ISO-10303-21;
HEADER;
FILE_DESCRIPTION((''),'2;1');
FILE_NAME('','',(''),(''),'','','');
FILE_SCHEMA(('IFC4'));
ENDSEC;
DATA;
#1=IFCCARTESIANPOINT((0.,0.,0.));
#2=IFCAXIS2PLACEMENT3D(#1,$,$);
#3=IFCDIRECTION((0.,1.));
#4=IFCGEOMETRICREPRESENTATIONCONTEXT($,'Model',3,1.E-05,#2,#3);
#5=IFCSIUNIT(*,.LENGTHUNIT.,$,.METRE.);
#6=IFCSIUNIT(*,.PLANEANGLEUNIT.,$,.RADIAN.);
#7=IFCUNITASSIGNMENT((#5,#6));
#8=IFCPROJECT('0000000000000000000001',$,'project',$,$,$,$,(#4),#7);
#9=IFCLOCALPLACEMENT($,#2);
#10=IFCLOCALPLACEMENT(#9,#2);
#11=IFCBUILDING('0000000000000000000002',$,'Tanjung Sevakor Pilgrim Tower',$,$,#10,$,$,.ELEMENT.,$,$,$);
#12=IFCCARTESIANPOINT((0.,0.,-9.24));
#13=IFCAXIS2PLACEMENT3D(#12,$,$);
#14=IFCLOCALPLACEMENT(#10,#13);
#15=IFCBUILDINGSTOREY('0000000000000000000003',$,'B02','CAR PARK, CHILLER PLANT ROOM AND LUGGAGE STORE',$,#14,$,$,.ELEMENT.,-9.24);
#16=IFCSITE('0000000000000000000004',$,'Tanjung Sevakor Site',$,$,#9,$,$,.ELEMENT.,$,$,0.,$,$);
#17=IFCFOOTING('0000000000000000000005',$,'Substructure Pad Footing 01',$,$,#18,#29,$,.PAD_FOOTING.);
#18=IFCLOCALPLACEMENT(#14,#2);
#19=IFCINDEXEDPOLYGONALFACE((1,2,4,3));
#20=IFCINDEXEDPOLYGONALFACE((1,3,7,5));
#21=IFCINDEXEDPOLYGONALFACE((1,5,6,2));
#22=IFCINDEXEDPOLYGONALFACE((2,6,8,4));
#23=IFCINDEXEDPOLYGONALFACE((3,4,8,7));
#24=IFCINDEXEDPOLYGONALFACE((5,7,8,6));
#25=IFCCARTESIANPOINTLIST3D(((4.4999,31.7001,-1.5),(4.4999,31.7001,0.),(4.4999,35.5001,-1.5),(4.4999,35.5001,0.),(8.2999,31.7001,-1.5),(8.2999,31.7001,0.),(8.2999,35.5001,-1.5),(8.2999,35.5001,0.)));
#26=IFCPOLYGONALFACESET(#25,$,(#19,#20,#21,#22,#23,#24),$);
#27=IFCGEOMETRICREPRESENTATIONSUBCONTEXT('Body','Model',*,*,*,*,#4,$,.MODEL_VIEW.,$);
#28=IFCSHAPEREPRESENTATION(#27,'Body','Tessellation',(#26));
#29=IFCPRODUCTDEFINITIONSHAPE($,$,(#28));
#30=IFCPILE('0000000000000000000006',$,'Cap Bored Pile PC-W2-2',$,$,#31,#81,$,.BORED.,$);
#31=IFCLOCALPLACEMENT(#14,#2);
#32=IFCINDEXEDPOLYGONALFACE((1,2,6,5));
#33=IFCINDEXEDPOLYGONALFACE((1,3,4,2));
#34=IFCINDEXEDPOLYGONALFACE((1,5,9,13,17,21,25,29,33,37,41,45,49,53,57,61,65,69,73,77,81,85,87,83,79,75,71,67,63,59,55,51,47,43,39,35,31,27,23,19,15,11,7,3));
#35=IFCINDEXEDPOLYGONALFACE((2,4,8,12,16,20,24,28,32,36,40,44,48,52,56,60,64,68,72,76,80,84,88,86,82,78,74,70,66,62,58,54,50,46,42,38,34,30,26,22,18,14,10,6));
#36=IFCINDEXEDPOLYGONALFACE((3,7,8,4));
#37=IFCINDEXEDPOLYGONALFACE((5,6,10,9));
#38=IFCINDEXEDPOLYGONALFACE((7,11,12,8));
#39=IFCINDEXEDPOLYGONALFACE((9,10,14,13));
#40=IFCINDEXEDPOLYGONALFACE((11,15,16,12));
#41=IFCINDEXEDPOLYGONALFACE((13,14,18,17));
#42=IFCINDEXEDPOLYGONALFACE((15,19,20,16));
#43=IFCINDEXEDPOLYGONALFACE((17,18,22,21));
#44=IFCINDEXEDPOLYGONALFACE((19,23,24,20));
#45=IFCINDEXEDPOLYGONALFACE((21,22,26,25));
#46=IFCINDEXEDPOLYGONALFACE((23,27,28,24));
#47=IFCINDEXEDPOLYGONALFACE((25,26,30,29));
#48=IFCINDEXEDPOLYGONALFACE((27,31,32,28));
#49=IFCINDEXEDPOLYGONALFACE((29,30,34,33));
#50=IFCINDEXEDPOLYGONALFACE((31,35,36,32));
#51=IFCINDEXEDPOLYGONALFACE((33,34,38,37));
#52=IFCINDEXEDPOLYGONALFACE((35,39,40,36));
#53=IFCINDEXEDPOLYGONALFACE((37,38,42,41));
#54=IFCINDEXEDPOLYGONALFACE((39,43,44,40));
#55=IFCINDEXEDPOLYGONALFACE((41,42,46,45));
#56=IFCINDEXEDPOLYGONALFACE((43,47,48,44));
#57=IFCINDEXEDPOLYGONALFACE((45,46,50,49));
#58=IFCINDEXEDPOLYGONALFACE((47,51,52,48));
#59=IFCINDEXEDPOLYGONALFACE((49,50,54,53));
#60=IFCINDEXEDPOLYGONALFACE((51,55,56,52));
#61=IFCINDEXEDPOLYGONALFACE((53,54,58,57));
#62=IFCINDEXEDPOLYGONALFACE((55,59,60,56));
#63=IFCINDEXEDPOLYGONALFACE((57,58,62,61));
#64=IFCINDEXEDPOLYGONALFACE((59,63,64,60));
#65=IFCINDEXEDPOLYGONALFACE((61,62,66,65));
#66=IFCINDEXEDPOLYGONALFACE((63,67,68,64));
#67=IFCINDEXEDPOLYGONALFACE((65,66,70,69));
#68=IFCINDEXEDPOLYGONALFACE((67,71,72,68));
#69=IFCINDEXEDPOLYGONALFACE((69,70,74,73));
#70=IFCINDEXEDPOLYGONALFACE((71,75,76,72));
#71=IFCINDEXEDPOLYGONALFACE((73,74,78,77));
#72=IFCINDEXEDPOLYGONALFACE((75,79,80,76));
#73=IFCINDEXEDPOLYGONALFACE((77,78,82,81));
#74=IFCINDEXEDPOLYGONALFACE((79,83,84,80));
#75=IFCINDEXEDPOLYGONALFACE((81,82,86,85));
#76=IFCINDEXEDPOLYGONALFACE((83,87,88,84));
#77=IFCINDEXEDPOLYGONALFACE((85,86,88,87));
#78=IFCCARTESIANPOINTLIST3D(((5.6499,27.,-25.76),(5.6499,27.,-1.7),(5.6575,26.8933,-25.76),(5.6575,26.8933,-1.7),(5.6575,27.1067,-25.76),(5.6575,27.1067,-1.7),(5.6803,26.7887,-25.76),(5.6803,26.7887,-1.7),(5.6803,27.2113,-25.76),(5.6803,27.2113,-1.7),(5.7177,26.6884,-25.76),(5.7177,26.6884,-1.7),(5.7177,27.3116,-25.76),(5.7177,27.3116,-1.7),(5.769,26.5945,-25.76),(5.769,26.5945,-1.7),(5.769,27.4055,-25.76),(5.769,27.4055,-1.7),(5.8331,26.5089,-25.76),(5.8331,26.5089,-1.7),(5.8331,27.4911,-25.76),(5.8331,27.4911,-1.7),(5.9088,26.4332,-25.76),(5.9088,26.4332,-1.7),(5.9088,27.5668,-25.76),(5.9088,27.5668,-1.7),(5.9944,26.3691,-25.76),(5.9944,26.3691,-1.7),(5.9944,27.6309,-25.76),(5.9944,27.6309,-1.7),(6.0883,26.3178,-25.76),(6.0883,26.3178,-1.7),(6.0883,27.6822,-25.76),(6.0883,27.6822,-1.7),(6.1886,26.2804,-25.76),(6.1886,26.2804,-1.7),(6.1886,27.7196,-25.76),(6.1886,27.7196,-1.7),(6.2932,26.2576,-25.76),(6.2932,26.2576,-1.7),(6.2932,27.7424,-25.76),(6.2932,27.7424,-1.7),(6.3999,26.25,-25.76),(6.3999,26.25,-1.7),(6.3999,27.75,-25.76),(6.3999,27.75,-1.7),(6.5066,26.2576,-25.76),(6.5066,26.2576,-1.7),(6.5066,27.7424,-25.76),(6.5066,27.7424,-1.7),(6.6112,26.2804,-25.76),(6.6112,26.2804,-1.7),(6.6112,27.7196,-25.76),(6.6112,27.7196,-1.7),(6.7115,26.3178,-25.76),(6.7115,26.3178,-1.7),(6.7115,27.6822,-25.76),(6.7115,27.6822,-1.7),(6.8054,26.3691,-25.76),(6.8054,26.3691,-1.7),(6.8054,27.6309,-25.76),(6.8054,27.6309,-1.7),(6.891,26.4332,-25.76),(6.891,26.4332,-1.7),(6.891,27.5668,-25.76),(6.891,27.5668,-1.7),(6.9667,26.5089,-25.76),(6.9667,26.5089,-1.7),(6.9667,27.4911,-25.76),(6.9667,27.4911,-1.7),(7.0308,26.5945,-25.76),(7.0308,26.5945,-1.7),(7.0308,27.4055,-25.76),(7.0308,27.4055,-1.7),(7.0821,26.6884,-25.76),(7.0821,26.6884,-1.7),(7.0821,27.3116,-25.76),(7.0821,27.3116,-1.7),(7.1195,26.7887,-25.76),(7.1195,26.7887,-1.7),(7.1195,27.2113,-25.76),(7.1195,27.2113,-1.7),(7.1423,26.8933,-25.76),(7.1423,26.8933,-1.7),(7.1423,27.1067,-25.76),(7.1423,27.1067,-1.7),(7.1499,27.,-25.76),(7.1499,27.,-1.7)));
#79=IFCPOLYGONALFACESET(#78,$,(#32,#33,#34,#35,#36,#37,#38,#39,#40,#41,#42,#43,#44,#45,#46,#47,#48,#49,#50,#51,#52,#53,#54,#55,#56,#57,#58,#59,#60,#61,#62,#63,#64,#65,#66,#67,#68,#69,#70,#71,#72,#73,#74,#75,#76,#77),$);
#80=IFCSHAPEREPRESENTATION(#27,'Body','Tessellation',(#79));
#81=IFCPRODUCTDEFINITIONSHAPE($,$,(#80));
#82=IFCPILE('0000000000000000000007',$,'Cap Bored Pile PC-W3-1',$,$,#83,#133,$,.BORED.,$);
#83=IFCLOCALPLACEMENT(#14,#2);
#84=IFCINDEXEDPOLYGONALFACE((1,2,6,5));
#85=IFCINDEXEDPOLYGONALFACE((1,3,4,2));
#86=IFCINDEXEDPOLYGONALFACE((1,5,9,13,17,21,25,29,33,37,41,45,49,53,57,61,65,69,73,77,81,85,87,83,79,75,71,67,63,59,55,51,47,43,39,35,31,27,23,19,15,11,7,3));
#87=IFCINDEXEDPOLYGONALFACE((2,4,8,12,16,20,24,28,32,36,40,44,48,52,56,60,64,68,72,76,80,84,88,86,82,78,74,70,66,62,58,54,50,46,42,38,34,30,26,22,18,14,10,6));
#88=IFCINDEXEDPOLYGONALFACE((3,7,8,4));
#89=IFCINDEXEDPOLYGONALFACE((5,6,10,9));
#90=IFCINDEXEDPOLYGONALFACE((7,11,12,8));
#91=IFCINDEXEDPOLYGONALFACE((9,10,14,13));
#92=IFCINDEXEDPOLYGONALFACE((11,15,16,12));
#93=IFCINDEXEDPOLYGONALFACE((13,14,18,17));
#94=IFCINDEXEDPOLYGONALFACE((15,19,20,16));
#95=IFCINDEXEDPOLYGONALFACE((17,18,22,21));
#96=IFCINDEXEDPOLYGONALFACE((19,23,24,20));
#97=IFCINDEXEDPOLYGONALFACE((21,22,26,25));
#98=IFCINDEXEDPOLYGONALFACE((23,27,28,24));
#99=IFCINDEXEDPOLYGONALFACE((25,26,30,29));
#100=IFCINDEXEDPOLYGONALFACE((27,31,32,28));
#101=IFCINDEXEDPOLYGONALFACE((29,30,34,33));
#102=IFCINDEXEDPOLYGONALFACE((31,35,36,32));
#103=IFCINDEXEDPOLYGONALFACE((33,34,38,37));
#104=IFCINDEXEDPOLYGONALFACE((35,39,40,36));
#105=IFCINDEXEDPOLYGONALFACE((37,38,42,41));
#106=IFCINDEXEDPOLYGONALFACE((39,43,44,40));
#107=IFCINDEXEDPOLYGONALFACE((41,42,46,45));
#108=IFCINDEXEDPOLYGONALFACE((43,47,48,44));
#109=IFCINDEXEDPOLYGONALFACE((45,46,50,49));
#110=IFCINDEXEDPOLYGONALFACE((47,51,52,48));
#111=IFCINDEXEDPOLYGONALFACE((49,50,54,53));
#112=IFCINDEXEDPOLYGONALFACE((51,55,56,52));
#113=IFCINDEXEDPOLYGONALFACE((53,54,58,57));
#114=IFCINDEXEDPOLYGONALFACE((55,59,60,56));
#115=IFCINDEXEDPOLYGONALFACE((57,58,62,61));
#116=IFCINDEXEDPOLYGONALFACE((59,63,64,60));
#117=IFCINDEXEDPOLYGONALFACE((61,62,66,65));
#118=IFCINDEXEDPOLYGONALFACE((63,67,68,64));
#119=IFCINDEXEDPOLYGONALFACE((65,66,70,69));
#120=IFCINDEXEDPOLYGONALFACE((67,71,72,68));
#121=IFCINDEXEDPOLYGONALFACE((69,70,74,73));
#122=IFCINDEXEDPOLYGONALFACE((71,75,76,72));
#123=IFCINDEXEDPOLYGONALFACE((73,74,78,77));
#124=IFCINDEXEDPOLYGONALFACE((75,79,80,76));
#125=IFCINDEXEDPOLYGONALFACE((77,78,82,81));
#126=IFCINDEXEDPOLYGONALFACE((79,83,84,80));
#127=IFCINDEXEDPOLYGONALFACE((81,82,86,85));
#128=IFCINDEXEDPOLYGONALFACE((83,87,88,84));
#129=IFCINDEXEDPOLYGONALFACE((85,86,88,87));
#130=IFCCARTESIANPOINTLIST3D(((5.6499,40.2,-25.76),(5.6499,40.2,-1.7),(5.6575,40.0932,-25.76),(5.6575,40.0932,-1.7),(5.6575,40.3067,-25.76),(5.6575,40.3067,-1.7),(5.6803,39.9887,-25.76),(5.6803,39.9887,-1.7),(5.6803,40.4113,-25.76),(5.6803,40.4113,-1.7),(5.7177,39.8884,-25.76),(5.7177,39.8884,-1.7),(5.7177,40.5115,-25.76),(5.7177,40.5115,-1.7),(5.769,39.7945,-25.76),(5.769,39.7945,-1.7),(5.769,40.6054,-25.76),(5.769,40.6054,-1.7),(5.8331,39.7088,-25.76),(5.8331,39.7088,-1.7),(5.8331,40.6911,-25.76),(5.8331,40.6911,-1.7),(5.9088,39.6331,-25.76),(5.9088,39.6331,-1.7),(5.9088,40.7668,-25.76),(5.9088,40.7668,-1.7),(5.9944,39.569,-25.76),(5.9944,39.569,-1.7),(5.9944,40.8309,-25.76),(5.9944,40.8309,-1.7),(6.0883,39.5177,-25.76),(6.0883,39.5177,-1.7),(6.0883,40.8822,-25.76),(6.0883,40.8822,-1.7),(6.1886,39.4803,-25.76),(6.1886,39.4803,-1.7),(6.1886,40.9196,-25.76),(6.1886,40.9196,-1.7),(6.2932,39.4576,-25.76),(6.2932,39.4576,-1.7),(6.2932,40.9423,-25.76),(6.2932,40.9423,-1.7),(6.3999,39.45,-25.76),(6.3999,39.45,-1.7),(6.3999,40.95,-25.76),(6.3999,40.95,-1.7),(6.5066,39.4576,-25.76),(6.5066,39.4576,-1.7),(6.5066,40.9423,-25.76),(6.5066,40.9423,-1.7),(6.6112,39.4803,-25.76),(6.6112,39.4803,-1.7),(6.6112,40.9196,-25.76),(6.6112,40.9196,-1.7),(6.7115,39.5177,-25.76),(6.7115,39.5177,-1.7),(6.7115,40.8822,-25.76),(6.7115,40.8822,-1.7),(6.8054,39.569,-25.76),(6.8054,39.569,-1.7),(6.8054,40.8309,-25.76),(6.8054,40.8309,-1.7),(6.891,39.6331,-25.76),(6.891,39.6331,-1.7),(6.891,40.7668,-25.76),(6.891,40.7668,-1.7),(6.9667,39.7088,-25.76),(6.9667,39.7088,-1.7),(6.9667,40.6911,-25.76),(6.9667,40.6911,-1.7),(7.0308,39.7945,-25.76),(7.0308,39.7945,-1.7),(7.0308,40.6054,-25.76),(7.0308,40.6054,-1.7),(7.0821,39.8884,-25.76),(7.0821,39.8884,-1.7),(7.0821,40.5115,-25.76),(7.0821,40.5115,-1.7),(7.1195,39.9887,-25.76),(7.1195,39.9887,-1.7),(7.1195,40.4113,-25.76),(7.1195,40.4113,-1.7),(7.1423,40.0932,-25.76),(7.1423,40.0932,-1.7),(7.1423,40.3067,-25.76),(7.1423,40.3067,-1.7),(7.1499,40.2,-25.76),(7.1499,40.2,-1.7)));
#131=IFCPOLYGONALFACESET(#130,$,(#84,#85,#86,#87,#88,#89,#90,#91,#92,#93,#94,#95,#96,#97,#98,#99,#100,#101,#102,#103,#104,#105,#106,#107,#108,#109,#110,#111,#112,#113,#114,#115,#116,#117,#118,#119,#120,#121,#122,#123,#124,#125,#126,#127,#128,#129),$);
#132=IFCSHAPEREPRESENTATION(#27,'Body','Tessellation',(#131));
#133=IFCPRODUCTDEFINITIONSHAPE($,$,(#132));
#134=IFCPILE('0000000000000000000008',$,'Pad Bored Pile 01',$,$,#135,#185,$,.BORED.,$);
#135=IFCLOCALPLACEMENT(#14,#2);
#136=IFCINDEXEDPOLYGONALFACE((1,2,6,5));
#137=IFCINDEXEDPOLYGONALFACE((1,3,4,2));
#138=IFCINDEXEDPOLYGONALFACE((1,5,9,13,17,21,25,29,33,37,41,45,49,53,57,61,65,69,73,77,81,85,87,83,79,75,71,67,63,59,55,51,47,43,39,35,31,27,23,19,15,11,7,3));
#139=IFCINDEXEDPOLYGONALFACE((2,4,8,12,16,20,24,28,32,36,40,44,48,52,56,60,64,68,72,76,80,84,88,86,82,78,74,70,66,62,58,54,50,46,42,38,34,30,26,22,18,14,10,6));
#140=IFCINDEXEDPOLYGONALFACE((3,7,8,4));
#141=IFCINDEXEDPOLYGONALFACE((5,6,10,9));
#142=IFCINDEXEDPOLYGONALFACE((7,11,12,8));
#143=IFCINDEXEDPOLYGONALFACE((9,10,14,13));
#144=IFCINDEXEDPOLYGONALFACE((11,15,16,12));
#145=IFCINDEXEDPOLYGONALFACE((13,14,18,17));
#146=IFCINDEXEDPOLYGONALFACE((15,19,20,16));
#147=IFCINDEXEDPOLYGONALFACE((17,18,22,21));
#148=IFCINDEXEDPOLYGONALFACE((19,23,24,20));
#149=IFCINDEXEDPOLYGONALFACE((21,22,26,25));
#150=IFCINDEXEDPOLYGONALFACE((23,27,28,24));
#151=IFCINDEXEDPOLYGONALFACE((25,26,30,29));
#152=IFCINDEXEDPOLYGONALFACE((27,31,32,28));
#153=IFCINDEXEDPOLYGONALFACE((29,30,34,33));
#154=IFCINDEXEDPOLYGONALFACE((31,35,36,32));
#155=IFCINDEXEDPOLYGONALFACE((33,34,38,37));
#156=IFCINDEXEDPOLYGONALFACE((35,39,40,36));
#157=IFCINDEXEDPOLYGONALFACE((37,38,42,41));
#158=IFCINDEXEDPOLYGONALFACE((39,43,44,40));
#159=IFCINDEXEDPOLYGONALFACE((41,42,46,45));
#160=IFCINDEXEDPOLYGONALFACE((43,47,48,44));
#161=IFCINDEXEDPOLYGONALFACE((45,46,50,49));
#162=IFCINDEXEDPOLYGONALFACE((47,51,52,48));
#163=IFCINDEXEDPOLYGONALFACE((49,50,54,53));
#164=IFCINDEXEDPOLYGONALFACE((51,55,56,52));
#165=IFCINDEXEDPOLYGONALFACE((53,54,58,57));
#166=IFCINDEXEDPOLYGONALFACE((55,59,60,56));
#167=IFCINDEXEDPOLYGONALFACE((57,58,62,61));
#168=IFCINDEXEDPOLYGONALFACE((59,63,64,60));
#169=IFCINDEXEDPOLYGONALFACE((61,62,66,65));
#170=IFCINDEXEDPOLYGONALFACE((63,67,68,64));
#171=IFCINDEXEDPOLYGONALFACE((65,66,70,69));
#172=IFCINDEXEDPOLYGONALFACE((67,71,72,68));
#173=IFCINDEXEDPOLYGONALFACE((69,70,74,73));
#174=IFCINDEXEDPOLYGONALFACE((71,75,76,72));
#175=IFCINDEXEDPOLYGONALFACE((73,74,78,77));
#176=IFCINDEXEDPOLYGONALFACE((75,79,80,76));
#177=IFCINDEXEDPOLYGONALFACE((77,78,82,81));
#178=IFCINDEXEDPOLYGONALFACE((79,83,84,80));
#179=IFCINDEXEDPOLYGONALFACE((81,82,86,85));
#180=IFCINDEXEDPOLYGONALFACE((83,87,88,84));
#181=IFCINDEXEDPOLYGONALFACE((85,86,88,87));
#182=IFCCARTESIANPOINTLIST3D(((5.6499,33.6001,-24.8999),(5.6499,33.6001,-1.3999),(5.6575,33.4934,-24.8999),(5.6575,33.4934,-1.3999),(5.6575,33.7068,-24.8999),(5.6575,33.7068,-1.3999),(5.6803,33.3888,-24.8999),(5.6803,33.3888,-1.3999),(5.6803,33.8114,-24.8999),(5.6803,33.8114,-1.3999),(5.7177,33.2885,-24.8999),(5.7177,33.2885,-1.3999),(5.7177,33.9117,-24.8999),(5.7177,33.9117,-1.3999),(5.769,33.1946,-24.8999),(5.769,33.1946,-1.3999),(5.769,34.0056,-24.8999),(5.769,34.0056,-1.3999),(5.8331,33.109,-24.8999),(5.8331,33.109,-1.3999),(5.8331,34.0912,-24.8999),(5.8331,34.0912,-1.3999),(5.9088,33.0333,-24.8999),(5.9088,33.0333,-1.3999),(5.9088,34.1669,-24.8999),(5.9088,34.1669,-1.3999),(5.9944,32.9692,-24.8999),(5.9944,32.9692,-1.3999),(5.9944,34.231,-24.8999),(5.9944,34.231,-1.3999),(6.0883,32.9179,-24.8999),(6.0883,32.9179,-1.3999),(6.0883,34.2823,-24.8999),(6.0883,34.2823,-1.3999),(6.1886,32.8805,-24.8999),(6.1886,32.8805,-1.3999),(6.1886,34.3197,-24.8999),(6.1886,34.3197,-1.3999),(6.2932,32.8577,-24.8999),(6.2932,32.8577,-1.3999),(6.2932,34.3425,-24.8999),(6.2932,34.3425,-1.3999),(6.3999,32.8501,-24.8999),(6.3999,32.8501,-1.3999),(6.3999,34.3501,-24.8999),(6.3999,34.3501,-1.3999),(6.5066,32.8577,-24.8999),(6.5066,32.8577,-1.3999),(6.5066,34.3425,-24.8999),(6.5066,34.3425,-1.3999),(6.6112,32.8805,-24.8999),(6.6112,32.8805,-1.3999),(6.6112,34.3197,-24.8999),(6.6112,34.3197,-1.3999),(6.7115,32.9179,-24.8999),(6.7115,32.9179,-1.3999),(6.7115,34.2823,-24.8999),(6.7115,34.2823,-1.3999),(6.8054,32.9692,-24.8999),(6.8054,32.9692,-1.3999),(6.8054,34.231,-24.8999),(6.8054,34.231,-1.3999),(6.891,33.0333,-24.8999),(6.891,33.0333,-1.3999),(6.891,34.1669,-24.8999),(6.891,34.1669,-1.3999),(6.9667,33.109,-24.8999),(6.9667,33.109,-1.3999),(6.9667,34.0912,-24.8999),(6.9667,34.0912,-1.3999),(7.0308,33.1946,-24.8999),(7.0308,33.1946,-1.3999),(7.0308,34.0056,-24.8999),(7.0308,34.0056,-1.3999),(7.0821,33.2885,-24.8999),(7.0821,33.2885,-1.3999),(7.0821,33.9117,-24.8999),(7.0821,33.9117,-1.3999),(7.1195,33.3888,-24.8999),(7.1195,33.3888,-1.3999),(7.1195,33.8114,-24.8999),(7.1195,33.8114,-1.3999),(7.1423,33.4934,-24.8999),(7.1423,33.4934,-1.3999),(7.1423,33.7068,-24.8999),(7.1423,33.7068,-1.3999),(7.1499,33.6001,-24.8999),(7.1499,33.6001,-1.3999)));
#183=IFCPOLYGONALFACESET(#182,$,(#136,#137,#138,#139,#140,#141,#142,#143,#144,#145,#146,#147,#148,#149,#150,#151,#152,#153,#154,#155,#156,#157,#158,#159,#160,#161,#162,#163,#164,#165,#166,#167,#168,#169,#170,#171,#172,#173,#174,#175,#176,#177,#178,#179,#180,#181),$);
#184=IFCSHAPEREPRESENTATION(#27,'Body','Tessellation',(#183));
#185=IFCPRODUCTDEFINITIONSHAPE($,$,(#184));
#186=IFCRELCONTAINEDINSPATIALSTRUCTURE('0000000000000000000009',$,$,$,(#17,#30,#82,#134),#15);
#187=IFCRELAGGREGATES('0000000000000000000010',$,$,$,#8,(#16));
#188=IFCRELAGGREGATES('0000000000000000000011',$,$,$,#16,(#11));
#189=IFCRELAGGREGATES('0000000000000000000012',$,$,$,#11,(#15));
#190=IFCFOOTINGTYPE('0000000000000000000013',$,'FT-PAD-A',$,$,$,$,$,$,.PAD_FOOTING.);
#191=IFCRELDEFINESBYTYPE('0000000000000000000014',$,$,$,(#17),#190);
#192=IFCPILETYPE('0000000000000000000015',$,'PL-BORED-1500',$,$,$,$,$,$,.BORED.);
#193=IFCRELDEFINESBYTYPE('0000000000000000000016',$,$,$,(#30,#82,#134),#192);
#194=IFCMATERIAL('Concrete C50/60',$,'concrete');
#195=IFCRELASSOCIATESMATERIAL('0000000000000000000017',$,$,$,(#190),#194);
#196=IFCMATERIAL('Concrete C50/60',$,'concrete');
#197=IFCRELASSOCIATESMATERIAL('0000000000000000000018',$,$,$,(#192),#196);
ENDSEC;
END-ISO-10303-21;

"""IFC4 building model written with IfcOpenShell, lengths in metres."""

from ifc_helpers import new_model, si_unit, direction, frame, origin, origin_2d, place, context, subcontext, project, spatial, rectangle, circle, extrude, material, material_profile, profile_set, type_object, element, save


model = new_model("IFC4")

# Units and contexts
model_context = context("Model", 3, precision=1e-05, world=origin(), true_north=direction((0.0, 1.0)))
body_context = subcontext(model_context, "Body", "Model", "MODEL_VIEW")
ifc_project = project(units=[si_unit("LENGTHUNIT", "METRE"), si_unit("PLANEANGLEUNIT", "RADIAN")], contexts=[model_context])

# Site, building, storey
site_placement = place(None, origin())
site = spatial("IfcSite", under=ifc_project, at=site_placement, Name="Tanjung Sevakor Site", CompositionType="ELEMENT", RefElevation=0.0)
building_placement = place(site_placement, origin())
building = spatial("IfcBuilding", under=site, at=building_placement, Name="Tanjung Sevakor Pilgrim Tower", CompositionType="ELEMENT")
storey_placement = place(building_placement, frame((0.0, 0.0, -9.24)))
storey = spatial("IfcBuildingStorey", under=building, at=storey_placement, Name="B02", Description="CAR PARK, CHILLER PLANT ROOM AND LUGGAGE STORE", CompositionType="ELEMENT", Elevation=-9.24)

# Footing
ifc_material_1 = material(Name="Concrete C50/60", Category="concrete")
footing_type = type_object("IfcFootingType", Name="FT-PAD-A", PredefinedType="PAD_FOOTING", material=ifc_material_1)
footing_placement = place(storey_placement, frame((6.3999, 33.6001, -1.5), z_axis=(0.0, 0.0, 1.0), x_axis=(1.0, 0.0, 0.0)))
element("IfcFooting", 1, at=footing_placement, inside=storey, type_object=footing_type, Name="Substructure Pad Footing 01", PredefinedType="PAD_FOOTING", context=body_context, shape_type="SweptSolid", body=[
    extrude(rectangle(XDim=3.8, YDim=3.8, at=origin_2d()), origin(), (0.0, 0.0, 1.0), 1.5),
])

# Piles
ifc_material_2 = material(Name="Concrete C50/60", Category="concrete")
ifc_material_profile_1 = material_profile(ifc_material_2, circle(Radius=0.75, at=origin_2d()))
ifc_profile_set_1 = profile_set([ifc_material_profile_1], Name="Concrete C50/60")
pile_type_1 = type_object("IfcPileType", Name="PL-BORED-1500", PredefinedType="BORED", material=ifc_profile_set_1)
for number, where, z_axis, x_axis, name in (
    (2, (6.3999, 27.0, -1.7), (0.0, 0.0, -1.0), (1.0, 0.0, 0.0), "Cap Bored Pile PC-W2-2"),
    (3, (6.3999, 40.2, -1.7), (0.0, 0.0, -1.0), (1.0, 0.0, 0.0), "Cap Bored Pile PC-W3-1"),
):
    element("IfcPile", number, at=place(storey_placement, frame(where, z_axis=z_axis, x_axis=x_axis)), inside=storey, type_object=pile_type_1, Name=name, PredefinedType="BORED", context=body_context, shape_type="SweptSolid", body=[
        extrude(circle(Radius=0.75, at=origin_2d()), origin(), (0.0, 0.0, 1.0), 24.0601),
    ])
pile_placement = place(storey_placement, frame((6.3999, 33.6001, -1.3999), z_axis=(0.0, 0.0, -1.0), x_axis=(1.0, 0.0, 0.0)))
element("IfcPile", 4, at=pile_placement, inside=storey, type_object=pile_type_1, Name="Pad Bored Pile 01", PredefinedType="BORED", context=body_context, shape_type="SweptSolid", body=[
    extrude(circle(Radius=0.75, at=origin_2d()), origin(), (0.0, 0.0, 1.0), 23.5),
])

save(model, "model.ifc")
